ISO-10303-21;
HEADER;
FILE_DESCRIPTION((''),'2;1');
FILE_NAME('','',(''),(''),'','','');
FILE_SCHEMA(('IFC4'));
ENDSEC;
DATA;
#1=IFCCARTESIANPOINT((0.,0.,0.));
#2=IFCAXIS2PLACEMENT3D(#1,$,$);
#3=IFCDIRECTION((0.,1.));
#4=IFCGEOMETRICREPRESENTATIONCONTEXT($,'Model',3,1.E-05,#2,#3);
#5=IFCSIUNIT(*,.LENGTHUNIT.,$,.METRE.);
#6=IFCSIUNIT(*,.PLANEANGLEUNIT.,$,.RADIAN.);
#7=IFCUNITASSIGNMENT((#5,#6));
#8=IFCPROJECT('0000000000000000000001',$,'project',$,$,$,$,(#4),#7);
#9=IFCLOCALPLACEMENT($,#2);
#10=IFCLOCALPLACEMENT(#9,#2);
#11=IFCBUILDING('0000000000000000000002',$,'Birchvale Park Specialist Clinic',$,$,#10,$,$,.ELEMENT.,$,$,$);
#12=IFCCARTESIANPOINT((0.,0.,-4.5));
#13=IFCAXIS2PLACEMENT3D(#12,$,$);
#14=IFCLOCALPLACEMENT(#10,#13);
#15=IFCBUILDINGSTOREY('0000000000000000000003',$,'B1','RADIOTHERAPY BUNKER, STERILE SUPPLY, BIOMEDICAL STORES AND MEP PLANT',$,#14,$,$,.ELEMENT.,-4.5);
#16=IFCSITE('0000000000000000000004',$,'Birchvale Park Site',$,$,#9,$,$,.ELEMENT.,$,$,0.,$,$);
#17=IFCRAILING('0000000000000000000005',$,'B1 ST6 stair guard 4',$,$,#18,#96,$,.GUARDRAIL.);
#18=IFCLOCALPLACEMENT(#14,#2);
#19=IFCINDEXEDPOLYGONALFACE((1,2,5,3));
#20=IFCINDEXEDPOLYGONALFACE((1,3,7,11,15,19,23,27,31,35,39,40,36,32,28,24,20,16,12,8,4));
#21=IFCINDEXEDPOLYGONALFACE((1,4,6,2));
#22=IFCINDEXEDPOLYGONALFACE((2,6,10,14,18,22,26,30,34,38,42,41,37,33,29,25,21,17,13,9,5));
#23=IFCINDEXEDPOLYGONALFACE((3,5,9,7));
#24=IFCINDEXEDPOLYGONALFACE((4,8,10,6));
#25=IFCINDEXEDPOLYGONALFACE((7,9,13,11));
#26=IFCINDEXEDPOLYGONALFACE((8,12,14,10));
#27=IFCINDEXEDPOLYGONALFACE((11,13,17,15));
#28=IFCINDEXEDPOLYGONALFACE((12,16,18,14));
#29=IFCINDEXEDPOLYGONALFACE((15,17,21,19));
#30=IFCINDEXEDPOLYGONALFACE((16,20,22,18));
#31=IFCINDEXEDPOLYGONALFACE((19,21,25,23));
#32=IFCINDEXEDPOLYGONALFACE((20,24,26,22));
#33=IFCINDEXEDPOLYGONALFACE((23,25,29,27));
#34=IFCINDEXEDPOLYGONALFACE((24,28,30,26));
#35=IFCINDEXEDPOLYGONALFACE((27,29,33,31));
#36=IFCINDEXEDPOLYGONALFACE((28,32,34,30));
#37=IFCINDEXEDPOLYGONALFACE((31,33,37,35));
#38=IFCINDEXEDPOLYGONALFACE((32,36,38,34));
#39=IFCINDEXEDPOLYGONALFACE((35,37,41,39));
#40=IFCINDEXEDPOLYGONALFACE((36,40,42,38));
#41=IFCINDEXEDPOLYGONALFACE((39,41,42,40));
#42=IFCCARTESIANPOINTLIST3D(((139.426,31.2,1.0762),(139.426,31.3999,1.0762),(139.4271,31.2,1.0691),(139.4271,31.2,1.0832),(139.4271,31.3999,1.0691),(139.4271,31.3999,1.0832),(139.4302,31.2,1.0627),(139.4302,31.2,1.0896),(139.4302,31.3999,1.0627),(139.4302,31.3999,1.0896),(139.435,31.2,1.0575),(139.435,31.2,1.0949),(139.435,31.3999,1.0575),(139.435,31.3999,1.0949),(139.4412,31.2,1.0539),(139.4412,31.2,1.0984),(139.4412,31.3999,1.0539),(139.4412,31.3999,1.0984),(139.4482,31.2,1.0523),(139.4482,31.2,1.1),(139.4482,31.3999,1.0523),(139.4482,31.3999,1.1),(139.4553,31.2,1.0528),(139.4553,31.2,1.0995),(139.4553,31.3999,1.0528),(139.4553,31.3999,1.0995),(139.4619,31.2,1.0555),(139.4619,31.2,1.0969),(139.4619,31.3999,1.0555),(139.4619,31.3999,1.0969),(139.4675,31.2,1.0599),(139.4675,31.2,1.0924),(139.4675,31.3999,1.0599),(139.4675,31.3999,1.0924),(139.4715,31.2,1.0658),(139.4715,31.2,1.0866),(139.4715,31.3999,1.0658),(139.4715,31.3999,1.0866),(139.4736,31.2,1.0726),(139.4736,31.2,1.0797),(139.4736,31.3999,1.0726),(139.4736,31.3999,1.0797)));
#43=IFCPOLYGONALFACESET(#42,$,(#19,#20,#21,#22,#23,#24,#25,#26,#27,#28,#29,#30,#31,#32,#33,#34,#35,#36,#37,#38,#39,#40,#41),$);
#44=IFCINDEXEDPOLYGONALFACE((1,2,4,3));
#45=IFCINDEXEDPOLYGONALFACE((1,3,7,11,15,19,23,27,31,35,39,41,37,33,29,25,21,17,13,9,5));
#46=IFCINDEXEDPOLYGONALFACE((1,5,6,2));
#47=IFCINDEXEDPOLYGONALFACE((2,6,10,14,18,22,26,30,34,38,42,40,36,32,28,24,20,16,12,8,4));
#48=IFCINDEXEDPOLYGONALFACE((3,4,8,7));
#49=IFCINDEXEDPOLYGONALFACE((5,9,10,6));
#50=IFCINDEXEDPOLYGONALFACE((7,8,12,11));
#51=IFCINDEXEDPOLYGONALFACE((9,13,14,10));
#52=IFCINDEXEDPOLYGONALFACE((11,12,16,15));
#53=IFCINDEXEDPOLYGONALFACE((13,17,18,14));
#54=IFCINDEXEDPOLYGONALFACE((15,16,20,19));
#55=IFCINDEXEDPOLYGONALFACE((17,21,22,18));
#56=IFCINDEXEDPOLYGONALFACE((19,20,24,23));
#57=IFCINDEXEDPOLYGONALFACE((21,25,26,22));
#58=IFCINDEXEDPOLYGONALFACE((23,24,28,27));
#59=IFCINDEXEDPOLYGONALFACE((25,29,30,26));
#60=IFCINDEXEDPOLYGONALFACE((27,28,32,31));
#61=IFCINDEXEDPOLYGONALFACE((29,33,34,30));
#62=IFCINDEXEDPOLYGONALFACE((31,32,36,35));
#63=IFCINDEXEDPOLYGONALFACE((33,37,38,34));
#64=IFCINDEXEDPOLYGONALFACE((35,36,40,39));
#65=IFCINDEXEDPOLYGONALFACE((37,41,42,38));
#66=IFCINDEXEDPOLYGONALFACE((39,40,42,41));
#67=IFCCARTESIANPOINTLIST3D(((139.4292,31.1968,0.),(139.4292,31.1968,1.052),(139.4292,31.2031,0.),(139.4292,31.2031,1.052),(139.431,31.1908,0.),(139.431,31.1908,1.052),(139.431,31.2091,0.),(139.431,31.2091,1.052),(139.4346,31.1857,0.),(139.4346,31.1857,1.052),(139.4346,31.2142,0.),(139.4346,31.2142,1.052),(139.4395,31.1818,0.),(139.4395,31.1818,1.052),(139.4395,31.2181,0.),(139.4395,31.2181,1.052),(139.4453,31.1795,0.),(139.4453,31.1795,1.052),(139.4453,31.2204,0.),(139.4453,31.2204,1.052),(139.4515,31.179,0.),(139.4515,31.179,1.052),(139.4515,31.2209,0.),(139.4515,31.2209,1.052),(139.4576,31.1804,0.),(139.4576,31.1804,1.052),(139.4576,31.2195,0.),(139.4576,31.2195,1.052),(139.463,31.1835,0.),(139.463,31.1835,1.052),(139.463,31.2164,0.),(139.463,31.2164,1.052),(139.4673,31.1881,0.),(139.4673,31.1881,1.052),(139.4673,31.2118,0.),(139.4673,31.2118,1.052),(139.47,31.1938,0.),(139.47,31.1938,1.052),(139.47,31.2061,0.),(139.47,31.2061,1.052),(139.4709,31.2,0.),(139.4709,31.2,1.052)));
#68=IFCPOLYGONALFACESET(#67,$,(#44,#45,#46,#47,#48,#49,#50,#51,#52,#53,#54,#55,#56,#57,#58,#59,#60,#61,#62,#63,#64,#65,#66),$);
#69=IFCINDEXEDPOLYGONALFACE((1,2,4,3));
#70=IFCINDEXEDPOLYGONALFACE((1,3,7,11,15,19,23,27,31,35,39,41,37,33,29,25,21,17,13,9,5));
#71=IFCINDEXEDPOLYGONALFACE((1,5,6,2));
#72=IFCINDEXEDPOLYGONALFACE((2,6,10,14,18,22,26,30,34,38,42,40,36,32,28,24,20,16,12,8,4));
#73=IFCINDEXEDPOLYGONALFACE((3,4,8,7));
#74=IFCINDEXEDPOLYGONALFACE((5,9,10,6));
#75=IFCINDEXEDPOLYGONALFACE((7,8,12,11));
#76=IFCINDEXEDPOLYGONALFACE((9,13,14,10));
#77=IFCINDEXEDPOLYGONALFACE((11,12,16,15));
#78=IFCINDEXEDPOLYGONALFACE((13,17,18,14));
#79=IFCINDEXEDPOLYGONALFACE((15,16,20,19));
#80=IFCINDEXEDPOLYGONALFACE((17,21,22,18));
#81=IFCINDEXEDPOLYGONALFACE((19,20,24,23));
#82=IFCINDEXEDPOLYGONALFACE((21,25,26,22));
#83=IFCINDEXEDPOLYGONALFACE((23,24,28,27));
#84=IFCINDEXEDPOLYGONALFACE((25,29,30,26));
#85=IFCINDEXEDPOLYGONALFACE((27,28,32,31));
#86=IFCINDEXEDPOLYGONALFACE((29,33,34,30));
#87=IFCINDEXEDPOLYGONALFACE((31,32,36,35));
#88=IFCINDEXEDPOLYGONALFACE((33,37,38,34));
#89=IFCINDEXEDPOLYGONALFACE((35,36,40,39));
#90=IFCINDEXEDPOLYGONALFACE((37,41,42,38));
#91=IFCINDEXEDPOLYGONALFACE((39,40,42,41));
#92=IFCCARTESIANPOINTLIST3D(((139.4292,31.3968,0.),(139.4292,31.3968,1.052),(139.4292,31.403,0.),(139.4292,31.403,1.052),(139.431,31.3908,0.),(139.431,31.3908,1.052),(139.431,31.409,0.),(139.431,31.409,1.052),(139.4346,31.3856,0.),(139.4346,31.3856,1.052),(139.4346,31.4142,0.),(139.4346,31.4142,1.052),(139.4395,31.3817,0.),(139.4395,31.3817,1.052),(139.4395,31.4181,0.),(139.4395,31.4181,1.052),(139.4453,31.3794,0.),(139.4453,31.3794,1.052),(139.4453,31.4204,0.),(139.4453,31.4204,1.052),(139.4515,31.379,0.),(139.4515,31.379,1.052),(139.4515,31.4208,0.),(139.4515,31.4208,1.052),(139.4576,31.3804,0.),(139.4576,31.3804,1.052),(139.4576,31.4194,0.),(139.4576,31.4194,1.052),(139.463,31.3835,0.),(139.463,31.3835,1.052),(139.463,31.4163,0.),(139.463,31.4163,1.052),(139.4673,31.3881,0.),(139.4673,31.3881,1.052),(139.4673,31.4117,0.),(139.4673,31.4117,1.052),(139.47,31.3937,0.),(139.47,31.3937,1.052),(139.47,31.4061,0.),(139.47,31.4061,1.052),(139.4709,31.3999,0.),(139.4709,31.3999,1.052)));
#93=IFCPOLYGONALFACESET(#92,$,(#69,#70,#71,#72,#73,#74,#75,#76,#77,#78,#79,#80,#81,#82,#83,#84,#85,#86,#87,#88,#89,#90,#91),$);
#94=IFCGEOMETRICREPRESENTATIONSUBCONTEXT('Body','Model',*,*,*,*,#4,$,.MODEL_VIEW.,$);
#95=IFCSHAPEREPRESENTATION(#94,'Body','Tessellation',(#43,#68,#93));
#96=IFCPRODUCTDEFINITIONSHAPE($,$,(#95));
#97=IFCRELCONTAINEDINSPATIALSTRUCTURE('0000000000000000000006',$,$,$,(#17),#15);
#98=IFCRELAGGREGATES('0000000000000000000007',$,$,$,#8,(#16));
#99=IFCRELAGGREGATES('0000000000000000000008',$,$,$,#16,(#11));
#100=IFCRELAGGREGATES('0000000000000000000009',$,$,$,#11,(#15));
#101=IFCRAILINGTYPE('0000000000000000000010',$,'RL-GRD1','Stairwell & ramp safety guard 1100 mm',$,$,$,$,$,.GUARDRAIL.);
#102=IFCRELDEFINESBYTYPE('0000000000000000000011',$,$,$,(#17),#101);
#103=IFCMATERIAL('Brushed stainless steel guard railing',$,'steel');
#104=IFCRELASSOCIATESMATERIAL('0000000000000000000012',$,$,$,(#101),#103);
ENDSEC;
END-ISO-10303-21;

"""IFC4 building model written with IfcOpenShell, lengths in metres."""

from ifc_helpers import new_model, si_unit, direction, frame, origin, origin_2d, place, context, subcontext, project, spatial, circle, extrude, material, type_object, element, save


model = new_model("IFC4")

# Units and contexts
model_context = context("Model", 3, precision=1e-05, world=origin(), true_north=direction((0.0, 1.0)))
body_context = subcontext(model_context, "Body", "Model", "MODEL_VIEW")
ifc_project = project(units=[si_unit("LENGTHUNIT", "METRE"), si_unit("PLANEANGLEUNIT", "RADIAN")], contexts=[model_context])

# Site, building, storey
site_placement = place(None, origin())
site = spatial("IfcSite", under=ifc_project, at=site_placement, Name="Birchvale Park Site", CompositionType="ELEMENT", RefElevation=0.0)
building_placement = place(site_placement, origin())
building = spatial("IfcBuilding", under=site, at=building_placement, Name="Birchvale Park Specialist Clinic", CompositionType="ELEMENT")
storey_placement = place(building_placement, frame((0.0, 0.0, -4.5)))
storey = spatial("IfcBuildingStorey", under=building, at=storey_placement, Name="B1", Description="RADIOTHERAPY BUNKER, STERILE SUPPLY, BIOMEDICAL STORES AND MEP PLANT", CompositionType="ELEMENT", Elevation=-4.5)

# Railing
ifc_material_1 = material(Name="Brushed stainless steel guard railing", Category="steel")
railing_type_1 = type_object("IfcRailingType", Name="RL-GRD1", Description="Stairwell & ramp safety guard 1100 mm", PredefinedType="GUARDRAIL", material=ifc_material_1)
railing_1_placement = place(storey_placement, frame((139.45, 31.2, 0.0)))
element("IfcRailing", 1, at=railing_1_placement, inside=storey, type_object=railing_type_1, Name="B1 ST6 stair guard 4", PredefinedType="GUARDRAIL", context=body_context, shape_type="SweptSolid", body=[
    extrude(circle(Radius=0.0239, at=origin_2d()), frame((0.0, 0.0, 1.0762), z_axis=(0.0, 1.0, 0.0), x_axis=(-1.0, 0.0, 0.0)), (0.0, 0.0, 1.0), 0.2),
    extrude(circle(Radius=0.021, at=origin_2d()), origin(), (0.0, 0.0, 1.0), 1.052),
    extrude(circle(Radius=0.021, at=origin_2d()), frame((0.0, 0.2, 0.0)), (0.0, 0.0, 1.0), 1.052),
])

save(model, "model.ifc")
